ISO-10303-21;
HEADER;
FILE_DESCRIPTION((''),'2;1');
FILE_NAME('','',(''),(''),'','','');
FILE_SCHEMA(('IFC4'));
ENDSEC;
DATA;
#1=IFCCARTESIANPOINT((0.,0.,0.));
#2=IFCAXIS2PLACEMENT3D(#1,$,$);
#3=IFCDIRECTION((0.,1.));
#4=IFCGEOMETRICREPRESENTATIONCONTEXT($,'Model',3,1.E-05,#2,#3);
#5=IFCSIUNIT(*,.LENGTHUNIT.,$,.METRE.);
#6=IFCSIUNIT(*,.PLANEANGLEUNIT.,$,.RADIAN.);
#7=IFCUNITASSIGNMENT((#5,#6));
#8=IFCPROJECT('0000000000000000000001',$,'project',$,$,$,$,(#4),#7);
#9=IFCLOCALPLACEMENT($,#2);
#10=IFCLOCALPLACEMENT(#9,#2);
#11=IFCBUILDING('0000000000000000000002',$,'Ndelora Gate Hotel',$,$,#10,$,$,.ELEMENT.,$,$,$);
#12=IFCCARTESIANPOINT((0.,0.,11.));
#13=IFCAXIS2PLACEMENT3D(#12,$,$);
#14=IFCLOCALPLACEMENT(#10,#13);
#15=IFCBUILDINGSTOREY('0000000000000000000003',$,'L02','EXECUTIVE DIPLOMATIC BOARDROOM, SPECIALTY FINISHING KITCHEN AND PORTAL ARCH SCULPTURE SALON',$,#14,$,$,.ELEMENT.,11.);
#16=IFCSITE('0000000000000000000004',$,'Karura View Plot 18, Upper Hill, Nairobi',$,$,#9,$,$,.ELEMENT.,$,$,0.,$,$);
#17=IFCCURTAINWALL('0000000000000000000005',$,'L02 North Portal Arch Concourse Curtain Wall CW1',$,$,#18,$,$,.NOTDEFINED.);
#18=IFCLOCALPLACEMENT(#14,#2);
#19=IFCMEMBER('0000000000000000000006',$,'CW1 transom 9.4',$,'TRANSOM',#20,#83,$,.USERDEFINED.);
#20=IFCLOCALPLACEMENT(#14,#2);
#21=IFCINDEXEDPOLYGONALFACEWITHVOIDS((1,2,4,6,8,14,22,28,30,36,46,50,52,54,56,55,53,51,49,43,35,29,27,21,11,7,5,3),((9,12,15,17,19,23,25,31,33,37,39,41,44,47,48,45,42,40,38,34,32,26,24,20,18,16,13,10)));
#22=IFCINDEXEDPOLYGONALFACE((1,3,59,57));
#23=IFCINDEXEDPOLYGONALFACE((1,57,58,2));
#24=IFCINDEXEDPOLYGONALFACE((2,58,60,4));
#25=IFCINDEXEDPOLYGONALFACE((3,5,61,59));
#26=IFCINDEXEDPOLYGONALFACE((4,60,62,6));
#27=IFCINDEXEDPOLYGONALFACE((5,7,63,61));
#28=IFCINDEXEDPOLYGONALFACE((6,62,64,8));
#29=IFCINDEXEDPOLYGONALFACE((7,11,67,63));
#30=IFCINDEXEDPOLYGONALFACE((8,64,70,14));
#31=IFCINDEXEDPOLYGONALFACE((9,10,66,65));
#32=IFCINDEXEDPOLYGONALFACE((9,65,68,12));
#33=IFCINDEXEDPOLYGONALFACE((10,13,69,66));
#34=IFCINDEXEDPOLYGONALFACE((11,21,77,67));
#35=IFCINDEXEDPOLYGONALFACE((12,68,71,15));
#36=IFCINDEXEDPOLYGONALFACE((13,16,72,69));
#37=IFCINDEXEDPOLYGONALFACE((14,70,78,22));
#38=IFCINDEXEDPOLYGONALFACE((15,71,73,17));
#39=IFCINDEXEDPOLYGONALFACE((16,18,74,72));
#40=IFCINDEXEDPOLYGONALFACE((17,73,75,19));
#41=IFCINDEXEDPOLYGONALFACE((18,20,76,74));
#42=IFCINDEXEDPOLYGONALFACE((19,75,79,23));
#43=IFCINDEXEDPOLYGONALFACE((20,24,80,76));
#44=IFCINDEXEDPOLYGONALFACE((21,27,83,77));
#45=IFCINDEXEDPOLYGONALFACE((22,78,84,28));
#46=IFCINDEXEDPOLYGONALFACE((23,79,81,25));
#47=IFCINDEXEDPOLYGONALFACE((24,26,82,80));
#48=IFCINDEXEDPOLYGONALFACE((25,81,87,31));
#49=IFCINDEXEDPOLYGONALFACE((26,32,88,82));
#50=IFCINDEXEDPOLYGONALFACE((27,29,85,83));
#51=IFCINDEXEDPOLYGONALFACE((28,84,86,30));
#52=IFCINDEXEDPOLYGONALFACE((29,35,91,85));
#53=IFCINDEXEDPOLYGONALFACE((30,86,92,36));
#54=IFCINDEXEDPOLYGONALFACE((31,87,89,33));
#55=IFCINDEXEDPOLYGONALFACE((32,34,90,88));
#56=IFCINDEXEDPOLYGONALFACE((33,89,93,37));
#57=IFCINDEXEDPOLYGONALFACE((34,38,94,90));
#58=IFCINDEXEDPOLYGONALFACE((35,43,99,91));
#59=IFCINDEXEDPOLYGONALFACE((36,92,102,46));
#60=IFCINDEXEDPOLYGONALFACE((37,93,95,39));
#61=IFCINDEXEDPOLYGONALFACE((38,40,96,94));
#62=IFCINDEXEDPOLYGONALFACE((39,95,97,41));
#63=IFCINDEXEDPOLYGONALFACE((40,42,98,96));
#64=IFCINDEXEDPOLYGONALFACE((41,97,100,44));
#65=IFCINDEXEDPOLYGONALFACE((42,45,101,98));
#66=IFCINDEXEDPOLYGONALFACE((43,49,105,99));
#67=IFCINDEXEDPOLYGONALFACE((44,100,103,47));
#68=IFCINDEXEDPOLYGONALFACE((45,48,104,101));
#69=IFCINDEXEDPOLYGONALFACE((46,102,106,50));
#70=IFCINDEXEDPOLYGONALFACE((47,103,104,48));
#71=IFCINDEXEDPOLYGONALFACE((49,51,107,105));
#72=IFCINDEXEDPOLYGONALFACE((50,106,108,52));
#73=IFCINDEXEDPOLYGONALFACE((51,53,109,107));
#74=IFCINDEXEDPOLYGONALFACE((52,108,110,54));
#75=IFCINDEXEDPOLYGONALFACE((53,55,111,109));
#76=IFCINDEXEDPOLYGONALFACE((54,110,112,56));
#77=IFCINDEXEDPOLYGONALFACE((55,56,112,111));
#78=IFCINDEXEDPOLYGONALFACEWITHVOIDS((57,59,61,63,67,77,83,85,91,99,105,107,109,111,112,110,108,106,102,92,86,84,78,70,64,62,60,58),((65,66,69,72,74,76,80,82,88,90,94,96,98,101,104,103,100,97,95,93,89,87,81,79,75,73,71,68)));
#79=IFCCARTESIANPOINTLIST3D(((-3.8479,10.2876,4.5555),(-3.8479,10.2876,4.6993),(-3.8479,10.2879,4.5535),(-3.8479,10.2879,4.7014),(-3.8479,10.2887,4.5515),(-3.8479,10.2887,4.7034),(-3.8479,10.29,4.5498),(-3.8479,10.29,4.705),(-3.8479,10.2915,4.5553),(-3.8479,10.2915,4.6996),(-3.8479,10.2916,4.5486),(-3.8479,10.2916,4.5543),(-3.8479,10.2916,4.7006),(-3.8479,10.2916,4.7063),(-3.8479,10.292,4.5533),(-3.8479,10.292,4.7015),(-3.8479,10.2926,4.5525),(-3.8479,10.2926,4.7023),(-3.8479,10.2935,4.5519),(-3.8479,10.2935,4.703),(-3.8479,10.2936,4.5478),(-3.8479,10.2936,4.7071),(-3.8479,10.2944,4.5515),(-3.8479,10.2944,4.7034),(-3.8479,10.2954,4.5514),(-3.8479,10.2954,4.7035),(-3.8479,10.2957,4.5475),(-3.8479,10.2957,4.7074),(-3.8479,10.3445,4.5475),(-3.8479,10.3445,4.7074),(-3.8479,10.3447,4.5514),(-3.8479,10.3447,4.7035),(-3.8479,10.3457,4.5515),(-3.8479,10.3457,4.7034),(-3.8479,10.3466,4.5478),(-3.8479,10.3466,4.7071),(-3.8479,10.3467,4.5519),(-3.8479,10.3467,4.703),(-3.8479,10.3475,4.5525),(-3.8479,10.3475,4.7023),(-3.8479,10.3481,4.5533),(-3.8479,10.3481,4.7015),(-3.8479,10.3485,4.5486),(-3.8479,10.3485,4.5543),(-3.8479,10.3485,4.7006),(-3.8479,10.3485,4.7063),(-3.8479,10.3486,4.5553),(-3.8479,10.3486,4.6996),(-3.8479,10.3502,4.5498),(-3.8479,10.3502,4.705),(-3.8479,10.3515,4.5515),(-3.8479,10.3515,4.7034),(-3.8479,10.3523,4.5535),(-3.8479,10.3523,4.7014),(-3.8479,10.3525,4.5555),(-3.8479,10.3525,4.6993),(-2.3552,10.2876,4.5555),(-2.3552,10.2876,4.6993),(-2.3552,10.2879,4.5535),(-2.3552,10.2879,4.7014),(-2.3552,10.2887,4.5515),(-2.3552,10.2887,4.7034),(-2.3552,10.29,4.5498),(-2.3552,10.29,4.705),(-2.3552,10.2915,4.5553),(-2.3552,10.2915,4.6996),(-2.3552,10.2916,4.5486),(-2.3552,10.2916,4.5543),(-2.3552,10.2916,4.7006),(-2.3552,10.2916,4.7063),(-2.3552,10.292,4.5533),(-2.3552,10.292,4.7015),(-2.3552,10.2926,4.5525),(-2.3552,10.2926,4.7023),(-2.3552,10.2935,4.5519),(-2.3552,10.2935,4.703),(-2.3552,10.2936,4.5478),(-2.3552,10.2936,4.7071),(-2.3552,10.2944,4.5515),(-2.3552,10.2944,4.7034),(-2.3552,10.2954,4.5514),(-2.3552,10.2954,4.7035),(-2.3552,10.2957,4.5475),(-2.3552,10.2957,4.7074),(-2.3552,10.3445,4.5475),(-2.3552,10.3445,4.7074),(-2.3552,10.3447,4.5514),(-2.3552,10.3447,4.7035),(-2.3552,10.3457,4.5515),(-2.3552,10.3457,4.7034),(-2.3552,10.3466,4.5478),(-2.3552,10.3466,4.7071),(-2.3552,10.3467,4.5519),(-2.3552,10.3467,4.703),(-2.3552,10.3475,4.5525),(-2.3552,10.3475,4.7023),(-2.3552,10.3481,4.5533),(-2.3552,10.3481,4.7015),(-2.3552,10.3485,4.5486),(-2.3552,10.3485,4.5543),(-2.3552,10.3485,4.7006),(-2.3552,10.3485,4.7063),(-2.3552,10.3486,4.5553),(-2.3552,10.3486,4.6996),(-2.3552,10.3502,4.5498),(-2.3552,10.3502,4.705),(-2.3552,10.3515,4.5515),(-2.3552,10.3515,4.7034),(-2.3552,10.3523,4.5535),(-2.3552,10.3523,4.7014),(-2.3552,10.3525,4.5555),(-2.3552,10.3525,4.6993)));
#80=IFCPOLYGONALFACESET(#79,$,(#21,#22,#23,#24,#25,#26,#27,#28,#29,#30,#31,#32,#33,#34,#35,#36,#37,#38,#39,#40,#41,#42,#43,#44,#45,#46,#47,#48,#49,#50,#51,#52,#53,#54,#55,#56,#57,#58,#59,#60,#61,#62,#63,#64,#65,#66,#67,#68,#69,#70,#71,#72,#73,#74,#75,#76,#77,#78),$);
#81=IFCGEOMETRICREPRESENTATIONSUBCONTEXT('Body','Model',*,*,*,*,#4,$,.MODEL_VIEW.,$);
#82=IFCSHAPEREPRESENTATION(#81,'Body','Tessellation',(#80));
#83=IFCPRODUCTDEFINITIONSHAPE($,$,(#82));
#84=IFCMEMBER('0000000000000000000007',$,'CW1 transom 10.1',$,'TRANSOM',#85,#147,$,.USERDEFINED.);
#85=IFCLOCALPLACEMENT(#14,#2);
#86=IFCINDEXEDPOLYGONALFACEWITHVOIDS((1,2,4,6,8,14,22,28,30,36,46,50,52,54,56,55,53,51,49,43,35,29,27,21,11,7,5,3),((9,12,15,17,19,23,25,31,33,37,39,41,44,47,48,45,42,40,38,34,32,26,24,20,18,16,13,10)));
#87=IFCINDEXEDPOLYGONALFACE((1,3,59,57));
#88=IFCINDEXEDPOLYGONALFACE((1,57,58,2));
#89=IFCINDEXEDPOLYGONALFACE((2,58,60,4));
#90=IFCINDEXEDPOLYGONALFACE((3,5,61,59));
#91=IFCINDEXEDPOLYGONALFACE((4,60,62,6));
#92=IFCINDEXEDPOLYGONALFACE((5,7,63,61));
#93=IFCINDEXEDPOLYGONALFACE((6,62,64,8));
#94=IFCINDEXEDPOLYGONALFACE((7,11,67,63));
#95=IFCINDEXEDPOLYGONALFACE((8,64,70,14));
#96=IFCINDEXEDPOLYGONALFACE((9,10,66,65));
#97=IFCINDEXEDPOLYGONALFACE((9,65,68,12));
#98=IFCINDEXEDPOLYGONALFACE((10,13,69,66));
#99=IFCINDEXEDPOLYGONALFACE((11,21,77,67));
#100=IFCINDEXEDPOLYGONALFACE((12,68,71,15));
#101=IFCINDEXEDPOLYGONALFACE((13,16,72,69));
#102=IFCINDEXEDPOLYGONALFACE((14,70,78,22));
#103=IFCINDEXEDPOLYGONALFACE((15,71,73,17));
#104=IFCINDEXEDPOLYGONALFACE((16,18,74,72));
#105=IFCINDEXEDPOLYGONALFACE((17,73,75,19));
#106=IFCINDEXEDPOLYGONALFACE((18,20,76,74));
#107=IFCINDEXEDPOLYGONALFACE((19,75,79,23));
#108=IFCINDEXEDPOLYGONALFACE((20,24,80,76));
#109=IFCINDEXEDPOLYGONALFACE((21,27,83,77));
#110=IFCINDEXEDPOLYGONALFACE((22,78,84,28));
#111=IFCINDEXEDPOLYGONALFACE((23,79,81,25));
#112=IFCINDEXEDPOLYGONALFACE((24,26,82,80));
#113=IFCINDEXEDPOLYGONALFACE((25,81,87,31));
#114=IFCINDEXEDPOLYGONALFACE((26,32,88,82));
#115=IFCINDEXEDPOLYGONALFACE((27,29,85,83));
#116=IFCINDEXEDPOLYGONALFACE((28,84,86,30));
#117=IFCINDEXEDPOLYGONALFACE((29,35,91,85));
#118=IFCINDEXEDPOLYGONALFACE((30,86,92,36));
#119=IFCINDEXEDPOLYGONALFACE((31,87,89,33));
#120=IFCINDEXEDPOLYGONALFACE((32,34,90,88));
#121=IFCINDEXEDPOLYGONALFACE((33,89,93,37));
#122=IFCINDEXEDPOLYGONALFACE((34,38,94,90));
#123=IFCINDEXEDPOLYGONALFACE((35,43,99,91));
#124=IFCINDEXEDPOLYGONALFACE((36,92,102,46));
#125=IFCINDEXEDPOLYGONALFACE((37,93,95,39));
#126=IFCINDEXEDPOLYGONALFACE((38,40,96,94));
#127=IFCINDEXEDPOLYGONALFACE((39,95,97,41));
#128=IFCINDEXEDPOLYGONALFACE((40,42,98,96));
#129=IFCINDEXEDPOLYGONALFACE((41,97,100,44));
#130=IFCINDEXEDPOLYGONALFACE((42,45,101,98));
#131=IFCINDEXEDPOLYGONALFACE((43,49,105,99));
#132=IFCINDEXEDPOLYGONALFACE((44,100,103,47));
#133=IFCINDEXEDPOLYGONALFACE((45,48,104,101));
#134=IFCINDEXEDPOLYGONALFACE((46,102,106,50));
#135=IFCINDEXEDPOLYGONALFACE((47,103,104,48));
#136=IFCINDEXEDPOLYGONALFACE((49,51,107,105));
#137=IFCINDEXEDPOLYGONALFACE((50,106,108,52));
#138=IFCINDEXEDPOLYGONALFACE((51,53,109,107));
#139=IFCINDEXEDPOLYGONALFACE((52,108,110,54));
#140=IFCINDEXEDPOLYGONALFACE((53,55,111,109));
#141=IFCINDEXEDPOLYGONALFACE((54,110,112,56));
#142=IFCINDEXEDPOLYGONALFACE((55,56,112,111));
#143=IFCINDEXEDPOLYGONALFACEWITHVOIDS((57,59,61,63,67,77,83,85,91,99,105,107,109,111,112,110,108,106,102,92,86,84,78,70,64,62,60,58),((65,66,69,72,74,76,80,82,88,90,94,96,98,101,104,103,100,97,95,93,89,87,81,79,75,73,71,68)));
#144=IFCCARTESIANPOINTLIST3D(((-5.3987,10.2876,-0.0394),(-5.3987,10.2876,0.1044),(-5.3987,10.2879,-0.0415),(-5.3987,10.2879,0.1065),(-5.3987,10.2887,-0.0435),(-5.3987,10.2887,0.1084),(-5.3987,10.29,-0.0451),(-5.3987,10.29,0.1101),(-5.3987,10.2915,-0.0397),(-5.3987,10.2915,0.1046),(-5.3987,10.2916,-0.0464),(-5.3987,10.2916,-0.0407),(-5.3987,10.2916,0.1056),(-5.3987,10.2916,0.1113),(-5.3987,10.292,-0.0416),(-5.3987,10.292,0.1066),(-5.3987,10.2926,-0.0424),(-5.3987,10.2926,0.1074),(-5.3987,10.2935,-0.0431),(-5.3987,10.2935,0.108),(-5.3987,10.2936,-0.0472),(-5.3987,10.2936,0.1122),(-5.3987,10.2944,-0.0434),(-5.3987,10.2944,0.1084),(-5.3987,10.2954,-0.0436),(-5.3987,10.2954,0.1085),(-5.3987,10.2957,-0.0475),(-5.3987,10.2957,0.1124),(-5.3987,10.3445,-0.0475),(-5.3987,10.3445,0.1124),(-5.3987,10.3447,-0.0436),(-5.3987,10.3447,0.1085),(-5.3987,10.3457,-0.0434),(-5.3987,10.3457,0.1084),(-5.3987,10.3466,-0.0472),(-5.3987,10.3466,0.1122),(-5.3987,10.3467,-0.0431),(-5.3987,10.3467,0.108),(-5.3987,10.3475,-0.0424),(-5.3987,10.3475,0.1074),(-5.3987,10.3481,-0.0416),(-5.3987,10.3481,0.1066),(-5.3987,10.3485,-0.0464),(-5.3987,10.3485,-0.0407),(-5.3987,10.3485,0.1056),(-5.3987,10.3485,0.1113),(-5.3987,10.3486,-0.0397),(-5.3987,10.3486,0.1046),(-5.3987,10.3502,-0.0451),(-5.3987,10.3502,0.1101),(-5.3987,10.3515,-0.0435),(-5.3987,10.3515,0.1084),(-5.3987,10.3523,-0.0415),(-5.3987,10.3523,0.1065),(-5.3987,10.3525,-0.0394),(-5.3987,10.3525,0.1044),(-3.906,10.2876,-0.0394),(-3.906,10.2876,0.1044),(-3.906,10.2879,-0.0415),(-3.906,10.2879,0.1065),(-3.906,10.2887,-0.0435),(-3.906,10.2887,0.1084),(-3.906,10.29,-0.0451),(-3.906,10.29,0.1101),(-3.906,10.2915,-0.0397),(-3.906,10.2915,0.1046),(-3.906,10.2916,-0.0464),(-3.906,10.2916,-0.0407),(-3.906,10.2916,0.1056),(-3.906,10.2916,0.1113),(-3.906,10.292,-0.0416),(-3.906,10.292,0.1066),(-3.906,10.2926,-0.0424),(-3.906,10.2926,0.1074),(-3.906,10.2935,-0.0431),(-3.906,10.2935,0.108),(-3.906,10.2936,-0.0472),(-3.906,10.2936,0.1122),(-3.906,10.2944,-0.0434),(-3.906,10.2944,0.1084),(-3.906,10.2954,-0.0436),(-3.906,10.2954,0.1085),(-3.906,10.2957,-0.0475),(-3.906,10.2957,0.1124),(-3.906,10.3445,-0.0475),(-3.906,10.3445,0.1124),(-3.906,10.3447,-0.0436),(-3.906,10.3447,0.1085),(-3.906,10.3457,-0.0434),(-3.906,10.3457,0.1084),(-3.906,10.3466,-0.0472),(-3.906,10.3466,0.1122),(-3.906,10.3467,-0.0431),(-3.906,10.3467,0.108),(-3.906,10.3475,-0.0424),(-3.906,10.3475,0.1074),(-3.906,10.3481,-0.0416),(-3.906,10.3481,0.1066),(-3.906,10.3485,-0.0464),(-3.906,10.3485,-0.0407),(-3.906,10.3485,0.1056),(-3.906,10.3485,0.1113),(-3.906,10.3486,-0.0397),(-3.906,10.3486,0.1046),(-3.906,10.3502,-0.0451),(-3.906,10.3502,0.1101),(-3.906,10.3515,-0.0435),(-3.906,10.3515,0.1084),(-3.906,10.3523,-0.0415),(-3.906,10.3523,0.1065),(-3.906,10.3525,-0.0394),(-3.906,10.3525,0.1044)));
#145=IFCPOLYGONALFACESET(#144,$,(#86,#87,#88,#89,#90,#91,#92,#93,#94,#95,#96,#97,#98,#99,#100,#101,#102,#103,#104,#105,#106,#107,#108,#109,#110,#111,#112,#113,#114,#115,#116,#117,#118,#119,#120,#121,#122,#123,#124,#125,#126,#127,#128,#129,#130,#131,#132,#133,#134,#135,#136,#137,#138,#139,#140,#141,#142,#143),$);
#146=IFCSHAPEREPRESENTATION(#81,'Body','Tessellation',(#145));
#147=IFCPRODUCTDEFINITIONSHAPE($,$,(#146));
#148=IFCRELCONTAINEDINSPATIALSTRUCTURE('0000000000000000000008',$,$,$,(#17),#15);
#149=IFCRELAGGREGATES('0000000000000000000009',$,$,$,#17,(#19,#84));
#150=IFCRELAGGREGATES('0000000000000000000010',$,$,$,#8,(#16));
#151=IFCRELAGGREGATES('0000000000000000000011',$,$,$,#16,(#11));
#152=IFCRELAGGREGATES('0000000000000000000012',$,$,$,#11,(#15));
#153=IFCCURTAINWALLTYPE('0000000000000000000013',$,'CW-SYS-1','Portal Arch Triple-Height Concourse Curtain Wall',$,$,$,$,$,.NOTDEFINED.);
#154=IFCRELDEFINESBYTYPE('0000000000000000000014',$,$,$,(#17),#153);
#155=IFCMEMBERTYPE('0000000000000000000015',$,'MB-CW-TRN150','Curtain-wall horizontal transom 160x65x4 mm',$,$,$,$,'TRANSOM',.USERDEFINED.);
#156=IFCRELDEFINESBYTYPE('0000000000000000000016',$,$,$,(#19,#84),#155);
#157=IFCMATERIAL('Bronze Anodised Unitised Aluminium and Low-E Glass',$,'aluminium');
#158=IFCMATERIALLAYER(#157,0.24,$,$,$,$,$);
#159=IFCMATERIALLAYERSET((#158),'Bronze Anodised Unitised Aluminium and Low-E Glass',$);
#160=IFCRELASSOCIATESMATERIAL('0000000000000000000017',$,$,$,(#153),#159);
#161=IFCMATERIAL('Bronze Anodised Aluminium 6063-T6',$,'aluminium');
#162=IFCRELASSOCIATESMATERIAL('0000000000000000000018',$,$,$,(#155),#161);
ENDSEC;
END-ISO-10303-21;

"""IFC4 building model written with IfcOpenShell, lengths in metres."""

from ifc_helpers import new_model, si_unit, direction, frame, origin, origin_2d, place, context, subcontext, project, spatial, hollow_rectangle, extrude, material, layer, layer_set, material_profile, profile_set, type_object, element, aggregate, save


model = new_model("IFC4")

# Units and contexts
model_context = context("Model", 3, precision=1e-05, world=origin(), true_north=direction((0.0, 1.0)))
body_context = subcontext(model_context, "Body", "Model", "MODEL_VIEW")
ifc_project = project(units=[si_unit("LENGTHUNIT", "METRE"), si_unit("PLANEANGLEUNIT", "RADIAN")], contexts=[model_context])

# Site, building, storey
site_placement = place(None, origin())
site = spatial("IfcSite", under=ifc_project, at=site_placement, Name="Karura View Plot 18, Upper Hill, Nairobi", CompositionType="ELEMENT", RefElevation=0.0)
building_placement = place(site_placement, origin())
building = spatial("IfcBuilding", under=site, at=building_placement, Name="Ndelora Gate Hotel", CompositionType="ELEMENT")
storey_placement = place(building_placement, frame((0.0, 0.0, 11.0)))
storey = spatial("IfcBuildingStorey", under=building, at=storey_placement, Name="L02", Description="EXECUTIVE DIPLOMATIC BOARDROOM, SPECIALTY FINISHING KITCHEN AND PORTAL ARCH SCULPTURE SALON", CompositionType="ELEMENT", Elevation=11.0)

# Curtain wall, members
ifc_material_1 = material(Name="Bronze Anodised Unitised Aluminium and Low-E Glass", Category="aluminium")
ifc_layer_1 = layer(ifc_material_1, 0.24)
ifc_layer_set_1 = layer_set([ifc_layer_1], Name="Bronze Anodised Unitised Aluminium and Low-E Glass")
curtain_wall_type = type_object("IfcCurtainWallType", Name="CW-SYS-1", Description="Portal Arch Triple-Height Concourse Curtain Wall", PredefinedType="NOTDEFINED", material=ifc_layer_set_1)
curtain_wall_placement = place(storey_placement, origin())
curtain_wall = element("IfcCurtainWall", 1, at=curtain_wall_placement, inside=storey, type_object=curtain_wall_type, Name="L02 North Portal Arch Concourse Curtain Wall CW1", PredefinedType="NOTDEFINED")
ifc_material_2 = material(Name="Bronze Anodised Aluminium 6063-T6", Category="aluminium")
ifc_material_profile_1 = material_profile(ifc_material_2, hollow_rectangle(XDim=0.0649, YDim=0.1599, WallThickness=0.0039, InnerFilletRadius=0.0039, OuterFilletRadius=0.0081, at=origin_2d()), Name="ALU 160x65x4")
ifc_profile_set_1 = profile_set([ifc_material_profile_1], Name="Bronze Anodised Aluminium 6063-T6")
member_type_1 = type_object("IfcMemberType", Name="MB-CW-TRN150", Description="Curtain-wall horizontal transom 160x65x4 mm", ElementType="TRANSOM", PredefinedType="USERDEFINED", material=ifc_profile_set_1)
member_1_placement = place(storey_placement, frame((-2.3552, 10.3201, 4.6274), z_axis=(-1.0, 0.0, 0.0), x_axis=(0.0, -1.0, 0.0)))
member_1 = element("IfcMember", 2, at=member_1_placement, type_object=member_type_1, Name="CW1 transom 9.4", ObjectType="TRANSOM", PredefinedType="USERDEFINED", context=body_context, shape_type="SweptSolid", body=[
    extrude(hollow_rectangle(XDim=0.0649, YDim=0.1599, WallThickness=0.0039, InnerFilletRadius=0.0039, OuterFilletRadius=0.0081, at=origin_2d()), origin(), (0.0, 0.0, 1.0), 1.4927),
])
member_2_placement = place(storey_placement, frame((-3.906, 10.3201, 0.0325), z_axis=(-1.0, 0.0, 0.0), x_axis=(0.0, -1.0, 0.0)))
member_2 = element("IfcMember", 3, at=member_2_placement, type_object=member_type_1, Name="CW1 transom 10.1", ObjectType="TRANSOM", PredefinedType="USERDEFINED", context=body_context, shape_type="SweptSolid", body=[
    extrude(hollow_rectangle(XDim=0.0649, YDim=0.1599, WallThickness=0.0039, InnerFilletRadius=0.0039, OuterFilletRadius=0.0081, at=origin_2d()), origin(), (0.0, 0.0, 1.0), 1.4927),
])
aggregate(curtain_wall, [member_1, member_2])

save(model, "model.ifc")
